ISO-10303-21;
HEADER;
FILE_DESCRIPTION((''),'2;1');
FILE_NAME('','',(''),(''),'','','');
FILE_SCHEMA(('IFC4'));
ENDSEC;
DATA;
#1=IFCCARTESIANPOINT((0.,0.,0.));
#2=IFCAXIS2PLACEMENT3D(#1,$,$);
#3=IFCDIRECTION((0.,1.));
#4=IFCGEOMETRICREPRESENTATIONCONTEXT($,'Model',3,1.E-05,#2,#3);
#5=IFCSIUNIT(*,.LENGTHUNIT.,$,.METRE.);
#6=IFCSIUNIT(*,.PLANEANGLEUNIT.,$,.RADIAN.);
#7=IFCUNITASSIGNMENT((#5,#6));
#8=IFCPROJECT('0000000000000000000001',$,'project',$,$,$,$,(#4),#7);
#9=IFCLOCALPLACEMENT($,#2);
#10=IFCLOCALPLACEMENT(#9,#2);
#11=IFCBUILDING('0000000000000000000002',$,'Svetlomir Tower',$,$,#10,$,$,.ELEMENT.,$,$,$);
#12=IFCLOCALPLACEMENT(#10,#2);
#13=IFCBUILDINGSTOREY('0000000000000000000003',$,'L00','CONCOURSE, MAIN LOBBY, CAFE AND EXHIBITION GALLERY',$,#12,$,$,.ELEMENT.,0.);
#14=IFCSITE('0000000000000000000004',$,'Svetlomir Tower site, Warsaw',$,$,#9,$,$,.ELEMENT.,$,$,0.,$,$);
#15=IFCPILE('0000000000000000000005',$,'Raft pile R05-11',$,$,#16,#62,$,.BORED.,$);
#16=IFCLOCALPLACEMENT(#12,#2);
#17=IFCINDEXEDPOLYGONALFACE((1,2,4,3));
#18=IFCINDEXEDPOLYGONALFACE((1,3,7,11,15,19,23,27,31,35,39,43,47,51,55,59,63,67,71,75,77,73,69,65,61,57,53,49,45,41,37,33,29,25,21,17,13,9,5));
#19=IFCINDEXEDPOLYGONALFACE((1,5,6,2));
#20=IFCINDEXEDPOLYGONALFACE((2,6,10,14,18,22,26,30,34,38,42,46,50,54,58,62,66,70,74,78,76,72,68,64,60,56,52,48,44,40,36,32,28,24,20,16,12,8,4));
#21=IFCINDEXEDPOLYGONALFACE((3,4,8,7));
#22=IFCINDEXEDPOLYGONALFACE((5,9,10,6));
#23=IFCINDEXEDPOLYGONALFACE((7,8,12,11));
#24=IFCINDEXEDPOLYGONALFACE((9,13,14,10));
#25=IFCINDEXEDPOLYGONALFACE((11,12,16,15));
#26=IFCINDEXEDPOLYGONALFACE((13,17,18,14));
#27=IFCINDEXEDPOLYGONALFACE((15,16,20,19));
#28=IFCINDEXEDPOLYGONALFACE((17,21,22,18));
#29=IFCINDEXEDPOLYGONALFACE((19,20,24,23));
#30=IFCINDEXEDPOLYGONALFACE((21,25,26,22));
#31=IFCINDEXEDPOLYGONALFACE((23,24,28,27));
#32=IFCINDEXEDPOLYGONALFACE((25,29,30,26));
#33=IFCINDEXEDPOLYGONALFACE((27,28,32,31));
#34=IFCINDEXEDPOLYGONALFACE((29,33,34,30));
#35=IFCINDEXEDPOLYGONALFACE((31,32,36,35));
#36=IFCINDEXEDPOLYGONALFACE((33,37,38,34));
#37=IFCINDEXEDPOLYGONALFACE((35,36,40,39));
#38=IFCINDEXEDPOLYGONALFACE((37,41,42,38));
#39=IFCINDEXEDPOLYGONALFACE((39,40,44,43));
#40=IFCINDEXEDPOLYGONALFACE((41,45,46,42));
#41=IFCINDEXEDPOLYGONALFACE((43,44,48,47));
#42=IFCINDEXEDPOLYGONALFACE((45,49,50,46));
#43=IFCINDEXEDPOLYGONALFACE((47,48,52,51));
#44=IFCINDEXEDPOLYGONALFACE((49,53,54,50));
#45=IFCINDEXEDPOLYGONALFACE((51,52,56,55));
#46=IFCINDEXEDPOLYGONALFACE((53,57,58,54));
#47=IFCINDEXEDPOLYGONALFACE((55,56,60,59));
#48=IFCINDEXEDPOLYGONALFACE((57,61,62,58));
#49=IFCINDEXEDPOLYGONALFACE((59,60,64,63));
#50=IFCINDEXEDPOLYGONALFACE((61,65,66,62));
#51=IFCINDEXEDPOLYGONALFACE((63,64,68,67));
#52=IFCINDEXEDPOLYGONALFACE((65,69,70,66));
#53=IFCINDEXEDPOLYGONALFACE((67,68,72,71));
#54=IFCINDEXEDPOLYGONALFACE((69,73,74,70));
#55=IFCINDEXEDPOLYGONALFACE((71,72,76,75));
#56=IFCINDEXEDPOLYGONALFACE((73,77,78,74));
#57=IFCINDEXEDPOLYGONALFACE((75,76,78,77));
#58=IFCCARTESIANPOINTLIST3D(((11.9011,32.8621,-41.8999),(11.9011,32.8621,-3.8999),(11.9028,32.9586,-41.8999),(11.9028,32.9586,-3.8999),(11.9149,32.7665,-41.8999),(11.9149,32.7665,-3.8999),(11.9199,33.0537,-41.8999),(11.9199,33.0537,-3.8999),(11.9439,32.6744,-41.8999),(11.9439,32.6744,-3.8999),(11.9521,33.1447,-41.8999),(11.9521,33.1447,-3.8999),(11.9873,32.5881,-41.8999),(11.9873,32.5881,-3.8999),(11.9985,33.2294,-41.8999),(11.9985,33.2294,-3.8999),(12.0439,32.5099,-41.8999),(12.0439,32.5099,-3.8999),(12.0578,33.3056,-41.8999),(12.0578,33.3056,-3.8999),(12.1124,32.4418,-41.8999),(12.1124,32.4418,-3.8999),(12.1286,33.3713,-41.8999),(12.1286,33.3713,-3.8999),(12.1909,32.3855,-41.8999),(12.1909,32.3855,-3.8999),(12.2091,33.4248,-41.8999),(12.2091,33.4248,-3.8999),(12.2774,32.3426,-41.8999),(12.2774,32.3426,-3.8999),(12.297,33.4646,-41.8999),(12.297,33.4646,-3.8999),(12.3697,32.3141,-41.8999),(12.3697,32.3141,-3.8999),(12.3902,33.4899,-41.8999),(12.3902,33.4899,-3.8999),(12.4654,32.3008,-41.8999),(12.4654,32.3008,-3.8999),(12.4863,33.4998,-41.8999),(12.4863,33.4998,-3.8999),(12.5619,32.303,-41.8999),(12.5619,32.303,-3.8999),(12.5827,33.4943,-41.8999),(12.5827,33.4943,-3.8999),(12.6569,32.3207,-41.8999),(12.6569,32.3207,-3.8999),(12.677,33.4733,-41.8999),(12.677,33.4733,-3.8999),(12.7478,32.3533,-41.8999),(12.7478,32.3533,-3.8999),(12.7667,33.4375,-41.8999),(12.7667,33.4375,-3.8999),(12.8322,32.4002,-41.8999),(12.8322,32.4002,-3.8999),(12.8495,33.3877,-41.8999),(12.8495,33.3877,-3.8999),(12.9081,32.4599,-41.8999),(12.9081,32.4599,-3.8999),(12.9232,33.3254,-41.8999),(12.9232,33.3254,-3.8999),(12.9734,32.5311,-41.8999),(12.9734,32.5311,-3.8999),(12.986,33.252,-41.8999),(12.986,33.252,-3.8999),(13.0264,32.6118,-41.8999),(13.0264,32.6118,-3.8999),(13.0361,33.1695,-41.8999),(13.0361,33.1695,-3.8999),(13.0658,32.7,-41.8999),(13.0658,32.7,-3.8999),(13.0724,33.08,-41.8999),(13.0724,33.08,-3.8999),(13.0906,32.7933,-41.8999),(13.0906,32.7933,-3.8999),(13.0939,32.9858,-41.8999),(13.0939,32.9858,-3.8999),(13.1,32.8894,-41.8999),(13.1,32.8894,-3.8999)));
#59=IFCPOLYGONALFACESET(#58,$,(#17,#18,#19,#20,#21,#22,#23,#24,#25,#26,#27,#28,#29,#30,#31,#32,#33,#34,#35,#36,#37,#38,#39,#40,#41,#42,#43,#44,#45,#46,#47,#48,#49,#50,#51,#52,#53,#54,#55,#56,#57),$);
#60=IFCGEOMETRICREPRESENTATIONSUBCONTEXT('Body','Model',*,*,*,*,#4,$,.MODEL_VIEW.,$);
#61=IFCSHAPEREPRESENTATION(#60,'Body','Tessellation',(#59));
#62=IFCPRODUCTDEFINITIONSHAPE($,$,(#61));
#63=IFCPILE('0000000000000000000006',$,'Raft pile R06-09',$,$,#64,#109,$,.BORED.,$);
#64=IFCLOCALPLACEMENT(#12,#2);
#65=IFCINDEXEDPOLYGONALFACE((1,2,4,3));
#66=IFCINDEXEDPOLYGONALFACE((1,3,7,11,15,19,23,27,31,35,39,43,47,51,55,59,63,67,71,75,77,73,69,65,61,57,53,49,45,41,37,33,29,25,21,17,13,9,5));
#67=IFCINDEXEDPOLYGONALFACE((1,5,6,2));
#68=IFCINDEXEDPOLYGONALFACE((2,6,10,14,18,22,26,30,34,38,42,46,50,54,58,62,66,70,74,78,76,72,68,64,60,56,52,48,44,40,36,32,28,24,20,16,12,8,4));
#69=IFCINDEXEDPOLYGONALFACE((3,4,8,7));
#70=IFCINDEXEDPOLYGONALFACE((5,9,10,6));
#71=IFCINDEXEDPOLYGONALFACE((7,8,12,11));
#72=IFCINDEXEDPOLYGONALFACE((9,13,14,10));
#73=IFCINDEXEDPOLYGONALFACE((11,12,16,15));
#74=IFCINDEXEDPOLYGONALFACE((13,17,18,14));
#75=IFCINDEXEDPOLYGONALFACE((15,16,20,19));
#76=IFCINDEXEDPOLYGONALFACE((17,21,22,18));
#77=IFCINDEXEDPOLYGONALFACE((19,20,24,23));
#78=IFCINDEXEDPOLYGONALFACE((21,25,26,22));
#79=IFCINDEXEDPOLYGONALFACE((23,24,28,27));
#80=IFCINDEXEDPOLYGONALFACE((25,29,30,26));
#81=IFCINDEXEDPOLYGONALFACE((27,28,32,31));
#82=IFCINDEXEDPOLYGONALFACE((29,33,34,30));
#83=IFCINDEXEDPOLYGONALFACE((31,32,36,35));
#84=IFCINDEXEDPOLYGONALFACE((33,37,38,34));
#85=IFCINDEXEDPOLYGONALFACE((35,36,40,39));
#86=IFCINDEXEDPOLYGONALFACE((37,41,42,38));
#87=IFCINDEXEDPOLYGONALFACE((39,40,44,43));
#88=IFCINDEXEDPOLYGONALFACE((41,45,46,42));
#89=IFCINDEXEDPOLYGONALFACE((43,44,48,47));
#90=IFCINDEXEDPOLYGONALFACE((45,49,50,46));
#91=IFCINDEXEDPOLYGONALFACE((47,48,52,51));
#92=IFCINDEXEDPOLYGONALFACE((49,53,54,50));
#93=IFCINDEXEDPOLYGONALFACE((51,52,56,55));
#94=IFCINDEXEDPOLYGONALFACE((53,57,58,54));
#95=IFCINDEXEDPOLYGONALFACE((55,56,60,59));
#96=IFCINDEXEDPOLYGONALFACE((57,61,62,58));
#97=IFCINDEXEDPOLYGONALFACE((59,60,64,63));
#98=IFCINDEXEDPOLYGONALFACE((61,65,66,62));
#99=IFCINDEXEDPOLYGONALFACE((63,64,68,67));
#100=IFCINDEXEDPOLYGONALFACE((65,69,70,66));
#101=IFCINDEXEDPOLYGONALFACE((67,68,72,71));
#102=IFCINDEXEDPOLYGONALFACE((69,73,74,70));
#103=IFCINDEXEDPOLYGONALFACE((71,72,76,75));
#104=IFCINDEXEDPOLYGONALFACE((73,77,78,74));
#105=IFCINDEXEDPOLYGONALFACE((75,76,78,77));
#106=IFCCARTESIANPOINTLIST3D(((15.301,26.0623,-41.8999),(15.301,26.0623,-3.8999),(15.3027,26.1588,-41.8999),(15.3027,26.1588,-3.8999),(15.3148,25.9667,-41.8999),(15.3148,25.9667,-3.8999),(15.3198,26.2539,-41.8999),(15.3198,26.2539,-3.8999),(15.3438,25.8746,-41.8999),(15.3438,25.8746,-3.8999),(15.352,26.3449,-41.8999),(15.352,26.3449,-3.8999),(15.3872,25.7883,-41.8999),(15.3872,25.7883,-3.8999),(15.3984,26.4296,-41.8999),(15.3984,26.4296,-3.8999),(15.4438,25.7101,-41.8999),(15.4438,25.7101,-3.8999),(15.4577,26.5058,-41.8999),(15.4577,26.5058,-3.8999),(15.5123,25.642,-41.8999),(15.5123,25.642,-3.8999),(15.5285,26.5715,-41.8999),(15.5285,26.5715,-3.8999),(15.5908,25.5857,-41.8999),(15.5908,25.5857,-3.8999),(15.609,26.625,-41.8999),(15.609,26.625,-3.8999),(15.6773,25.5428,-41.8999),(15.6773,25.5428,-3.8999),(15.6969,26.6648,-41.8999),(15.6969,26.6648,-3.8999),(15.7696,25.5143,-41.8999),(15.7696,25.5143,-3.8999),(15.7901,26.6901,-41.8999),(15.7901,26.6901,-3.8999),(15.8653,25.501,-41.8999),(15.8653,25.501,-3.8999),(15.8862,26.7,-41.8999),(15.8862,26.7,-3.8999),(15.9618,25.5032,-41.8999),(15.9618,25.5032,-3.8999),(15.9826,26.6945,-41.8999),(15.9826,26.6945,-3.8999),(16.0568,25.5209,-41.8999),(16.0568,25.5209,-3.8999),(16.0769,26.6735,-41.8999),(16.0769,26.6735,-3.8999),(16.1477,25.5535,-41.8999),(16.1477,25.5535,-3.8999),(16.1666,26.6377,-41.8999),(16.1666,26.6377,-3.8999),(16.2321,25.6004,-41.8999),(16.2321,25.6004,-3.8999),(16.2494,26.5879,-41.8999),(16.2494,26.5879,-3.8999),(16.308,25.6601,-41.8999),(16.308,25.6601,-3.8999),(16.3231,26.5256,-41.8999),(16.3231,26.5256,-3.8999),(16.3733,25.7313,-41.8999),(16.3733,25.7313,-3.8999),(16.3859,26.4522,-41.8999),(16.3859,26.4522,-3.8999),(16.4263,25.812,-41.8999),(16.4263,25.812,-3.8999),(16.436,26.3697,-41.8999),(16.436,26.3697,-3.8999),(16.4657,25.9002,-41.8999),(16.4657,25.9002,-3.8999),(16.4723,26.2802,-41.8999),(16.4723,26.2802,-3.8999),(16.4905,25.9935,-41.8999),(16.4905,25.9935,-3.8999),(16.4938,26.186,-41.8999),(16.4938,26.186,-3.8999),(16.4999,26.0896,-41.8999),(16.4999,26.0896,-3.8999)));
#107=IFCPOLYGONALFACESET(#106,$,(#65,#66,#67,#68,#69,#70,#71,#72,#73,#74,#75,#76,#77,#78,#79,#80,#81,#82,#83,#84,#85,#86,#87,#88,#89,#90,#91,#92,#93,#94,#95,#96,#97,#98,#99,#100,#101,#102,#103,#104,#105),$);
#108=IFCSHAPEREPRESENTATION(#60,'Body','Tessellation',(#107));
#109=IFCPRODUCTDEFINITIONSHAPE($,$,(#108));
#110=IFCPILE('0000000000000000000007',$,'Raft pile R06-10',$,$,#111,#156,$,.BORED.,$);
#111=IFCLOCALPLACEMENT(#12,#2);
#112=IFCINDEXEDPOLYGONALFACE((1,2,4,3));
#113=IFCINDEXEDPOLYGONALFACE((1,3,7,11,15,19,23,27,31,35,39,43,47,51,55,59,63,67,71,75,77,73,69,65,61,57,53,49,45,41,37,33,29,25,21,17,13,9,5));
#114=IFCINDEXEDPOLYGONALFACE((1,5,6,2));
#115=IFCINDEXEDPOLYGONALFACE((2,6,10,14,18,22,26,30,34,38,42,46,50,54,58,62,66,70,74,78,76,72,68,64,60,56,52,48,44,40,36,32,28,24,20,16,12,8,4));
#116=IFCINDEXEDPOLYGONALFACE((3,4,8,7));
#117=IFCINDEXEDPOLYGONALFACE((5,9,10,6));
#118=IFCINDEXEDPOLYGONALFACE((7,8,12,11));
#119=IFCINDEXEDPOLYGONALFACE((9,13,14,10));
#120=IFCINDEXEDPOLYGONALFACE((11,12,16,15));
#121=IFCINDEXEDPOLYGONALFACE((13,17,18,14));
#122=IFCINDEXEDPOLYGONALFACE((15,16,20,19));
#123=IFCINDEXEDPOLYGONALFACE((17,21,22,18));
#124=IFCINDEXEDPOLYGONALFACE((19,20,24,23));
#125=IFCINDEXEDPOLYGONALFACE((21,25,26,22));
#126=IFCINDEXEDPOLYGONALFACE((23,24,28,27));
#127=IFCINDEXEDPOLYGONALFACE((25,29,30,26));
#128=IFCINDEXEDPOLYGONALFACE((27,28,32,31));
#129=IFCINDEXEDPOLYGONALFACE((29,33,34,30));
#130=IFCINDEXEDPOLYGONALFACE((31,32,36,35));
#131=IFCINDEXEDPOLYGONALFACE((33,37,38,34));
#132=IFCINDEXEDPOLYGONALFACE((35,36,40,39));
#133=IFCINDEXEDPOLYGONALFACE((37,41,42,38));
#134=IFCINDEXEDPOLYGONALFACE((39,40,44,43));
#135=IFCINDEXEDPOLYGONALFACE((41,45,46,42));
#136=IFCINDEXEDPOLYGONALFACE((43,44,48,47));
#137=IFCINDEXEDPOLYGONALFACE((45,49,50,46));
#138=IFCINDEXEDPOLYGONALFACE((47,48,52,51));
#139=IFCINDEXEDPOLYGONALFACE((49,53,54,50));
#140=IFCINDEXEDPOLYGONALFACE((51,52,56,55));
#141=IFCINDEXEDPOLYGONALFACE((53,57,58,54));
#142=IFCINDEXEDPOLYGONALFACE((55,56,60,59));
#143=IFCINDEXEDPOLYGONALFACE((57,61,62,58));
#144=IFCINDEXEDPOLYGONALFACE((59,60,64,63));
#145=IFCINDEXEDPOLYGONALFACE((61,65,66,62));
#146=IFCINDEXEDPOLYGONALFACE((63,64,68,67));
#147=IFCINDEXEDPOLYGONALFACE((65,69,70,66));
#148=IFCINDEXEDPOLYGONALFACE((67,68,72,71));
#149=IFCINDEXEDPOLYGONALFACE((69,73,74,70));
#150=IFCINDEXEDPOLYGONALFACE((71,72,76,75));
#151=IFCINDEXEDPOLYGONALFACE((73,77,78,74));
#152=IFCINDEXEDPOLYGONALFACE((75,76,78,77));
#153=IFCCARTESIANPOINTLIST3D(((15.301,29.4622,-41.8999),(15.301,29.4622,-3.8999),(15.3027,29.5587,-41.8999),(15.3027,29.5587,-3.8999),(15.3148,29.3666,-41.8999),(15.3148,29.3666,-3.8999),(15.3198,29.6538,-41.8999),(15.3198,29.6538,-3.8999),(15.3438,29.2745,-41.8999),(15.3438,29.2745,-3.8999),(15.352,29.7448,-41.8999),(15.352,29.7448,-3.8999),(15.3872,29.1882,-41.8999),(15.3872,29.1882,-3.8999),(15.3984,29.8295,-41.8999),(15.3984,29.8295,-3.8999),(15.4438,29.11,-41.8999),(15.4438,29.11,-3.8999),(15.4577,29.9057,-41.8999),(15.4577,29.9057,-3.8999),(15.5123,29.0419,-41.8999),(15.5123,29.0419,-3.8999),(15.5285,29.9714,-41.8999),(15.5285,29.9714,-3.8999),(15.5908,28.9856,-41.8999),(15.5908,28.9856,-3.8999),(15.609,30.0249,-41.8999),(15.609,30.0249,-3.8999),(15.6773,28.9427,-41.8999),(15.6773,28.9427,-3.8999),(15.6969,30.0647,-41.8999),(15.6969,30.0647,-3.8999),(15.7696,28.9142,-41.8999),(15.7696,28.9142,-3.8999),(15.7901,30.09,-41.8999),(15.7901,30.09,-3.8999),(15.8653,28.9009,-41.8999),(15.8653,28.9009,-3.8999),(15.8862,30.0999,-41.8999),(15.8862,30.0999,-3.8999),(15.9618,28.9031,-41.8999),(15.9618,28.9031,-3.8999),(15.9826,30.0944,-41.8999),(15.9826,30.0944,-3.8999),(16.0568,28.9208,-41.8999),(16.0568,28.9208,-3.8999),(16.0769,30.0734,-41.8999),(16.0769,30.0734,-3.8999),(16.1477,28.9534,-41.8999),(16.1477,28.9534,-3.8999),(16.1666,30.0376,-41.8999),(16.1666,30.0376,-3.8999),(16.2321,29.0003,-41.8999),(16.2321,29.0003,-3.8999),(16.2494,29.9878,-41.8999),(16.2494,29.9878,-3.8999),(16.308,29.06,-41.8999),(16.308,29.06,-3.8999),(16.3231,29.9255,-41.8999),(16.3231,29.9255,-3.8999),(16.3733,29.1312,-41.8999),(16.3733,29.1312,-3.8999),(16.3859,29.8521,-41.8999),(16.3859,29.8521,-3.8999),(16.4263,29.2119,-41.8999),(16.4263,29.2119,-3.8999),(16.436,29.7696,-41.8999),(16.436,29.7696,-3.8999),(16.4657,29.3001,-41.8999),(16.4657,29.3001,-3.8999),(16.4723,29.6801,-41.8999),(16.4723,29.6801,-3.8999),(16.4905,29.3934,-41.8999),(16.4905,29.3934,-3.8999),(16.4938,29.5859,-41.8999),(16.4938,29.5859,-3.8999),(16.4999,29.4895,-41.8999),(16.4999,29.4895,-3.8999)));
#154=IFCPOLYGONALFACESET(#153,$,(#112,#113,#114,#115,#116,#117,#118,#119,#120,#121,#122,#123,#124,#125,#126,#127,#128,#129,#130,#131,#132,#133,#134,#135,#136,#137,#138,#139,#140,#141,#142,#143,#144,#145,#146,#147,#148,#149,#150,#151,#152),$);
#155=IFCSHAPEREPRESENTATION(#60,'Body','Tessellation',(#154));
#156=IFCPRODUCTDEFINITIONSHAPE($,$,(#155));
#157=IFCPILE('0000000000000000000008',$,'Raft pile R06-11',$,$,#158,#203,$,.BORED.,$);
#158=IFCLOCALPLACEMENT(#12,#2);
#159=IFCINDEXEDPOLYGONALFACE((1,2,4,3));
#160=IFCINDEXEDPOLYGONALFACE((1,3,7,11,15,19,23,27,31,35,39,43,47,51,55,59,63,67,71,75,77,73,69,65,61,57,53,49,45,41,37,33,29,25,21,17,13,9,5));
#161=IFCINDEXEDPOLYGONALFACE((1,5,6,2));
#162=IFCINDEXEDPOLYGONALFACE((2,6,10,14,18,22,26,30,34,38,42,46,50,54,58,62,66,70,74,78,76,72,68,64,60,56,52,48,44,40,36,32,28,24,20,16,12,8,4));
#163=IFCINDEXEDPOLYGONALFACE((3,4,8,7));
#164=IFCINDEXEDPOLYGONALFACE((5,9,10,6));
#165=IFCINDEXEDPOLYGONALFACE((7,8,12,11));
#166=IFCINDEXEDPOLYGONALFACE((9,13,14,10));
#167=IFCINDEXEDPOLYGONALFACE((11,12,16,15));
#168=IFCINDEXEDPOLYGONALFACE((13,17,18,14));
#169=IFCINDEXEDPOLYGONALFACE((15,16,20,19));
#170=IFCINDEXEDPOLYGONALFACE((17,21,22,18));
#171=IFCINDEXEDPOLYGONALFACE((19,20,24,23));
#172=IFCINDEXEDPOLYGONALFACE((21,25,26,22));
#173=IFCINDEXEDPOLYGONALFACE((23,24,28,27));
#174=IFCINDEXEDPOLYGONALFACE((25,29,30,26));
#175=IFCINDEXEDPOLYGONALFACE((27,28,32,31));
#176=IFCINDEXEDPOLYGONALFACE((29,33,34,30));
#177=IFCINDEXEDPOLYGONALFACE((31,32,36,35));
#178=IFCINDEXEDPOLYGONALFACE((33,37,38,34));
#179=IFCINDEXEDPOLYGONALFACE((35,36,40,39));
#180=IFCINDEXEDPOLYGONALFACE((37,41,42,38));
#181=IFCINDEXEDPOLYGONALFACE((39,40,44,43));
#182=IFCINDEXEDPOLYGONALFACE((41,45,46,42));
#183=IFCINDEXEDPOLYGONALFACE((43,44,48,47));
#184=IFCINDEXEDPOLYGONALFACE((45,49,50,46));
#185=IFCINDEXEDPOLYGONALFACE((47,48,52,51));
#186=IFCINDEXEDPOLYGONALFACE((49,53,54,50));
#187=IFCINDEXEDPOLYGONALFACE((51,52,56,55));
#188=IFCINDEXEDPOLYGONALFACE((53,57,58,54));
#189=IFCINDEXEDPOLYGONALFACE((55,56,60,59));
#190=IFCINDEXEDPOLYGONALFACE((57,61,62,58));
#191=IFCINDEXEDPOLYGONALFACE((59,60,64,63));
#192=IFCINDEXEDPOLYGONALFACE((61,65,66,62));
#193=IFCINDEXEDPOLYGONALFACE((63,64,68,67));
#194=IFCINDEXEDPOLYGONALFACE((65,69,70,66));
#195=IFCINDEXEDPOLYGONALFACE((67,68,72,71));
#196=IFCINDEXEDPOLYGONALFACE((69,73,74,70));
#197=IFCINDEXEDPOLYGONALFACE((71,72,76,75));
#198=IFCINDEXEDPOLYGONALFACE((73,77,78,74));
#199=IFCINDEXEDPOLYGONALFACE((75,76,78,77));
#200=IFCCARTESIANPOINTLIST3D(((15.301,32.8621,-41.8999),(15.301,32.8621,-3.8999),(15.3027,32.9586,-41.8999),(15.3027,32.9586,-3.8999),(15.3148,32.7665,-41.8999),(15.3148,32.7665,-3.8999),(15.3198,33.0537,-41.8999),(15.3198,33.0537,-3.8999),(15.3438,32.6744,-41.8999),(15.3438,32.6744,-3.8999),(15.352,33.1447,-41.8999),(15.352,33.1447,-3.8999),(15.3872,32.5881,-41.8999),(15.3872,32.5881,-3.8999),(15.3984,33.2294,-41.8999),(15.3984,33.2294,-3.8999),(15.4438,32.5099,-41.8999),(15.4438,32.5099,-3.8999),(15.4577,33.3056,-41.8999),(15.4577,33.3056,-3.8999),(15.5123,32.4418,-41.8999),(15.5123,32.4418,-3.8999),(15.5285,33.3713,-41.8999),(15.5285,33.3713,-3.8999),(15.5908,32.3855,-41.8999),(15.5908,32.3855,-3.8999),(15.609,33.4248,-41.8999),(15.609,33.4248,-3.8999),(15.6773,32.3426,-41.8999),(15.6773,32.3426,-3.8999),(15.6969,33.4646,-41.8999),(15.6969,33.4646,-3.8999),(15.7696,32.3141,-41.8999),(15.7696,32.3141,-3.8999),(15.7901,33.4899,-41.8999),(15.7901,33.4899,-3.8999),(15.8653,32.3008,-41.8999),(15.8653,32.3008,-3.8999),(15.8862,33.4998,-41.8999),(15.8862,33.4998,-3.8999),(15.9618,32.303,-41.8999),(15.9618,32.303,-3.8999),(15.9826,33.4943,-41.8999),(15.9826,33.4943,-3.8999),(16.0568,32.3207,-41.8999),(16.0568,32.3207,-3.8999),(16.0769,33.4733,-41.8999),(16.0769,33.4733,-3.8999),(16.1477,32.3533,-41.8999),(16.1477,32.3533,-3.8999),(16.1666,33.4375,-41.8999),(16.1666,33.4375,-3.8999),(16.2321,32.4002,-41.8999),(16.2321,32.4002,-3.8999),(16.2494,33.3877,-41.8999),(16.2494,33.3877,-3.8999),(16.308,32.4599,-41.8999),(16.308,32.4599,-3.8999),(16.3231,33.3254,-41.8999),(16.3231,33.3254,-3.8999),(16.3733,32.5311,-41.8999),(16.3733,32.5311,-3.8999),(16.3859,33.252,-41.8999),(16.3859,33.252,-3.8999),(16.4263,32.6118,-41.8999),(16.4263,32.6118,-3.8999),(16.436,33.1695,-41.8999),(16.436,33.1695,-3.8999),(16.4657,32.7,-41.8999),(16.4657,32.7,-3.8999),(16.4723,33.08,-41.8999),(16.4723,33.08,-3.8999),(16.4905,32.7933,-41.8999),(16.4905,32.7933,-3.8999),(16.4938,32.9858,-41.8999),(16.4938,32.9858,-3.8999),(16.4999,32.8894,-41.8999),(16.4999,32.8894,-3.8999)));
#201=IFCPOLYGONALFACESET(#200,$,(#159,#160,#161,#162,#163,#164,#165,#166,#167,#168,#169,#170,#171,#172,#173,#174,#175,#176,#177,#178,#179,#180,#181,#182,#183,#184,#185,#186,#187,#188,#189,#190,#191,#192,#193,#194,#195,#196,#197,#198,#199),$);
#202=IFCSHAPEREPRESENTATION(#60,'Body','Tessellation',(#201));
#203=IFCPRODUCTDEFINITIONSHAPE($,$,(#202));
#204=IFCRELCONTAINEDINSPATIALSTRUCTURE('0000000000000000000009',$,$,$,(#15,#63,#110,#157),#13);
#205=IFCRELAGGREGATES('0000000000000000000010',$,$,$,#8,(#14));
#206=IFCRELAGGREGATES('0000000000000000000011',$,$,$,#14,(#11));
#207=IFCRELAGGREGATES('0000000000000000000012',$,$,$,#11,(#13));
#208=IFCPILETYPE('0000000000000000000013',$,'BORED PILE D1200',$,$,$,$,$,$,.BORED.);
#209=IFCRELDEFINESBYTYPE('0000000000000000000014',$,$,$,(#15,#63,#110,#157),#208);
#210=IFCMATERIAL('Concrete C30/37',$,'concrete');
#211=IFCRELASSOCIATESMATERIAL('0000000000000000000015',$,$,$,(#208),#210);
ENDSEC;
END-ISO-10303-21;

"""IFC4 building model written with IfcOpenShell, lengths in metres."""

from ifc_helpers import new_model, si_unit, direction, frame, frame_2d, origin, origin_2d, place, context, subcontext, project, spatial, circle, extrude, material, material_profile, profile_set, type_object, element, save


model = new_model("IFC4")

# Units and contexts
model_context = context("Model", 3, precision=1e-05, world=origin(), true_north=direction((0.0, 1.0)))
body_context = subcontext(model_context, "Body", "Model", "MODEL_VIEW")
ifc_project = project(units=[si_unit("LENGTHUNIT", "METRE"), si_unit("PLANEANGLEUNIT", "RADIAN")], contexts=[model_context])

# Site, building, storey
site_placement = place(None, origin())
site = spatial("IfcSite", under=ifc_project, at=site_placement, Name="Svetlomir Tower site, Warsaw", CompositionType="ELEMENT", RefElevation=0.0)
building_placement = place(site_placement, origin())
building = spatial("IfcBuilding", under=site, at=building_placement, Name="Svetlomir Tower", CompositionType="ELEMENT")
storey_placement = place(building_placement, origin())
storey = spatial("IfcBuildingStorey", under=building, at=storey_placement, Name="L00", Description="CONCOURSE, MAIN LOBBY, CAFE AND EXHIBITION GALLERY", CompositionType="ELEMENT", Elevation=0.0)

# Piles
ifc_material_1 = material(Name="Concrete C30/37", Category="concrete")
ifc_material_profile_1 = material_profile(ifc_material_1, circle(Radius=0.6001, at=origin_2d()), Name="D1200")
ifc_profile_set_1 = profile_set([ifc_material_profile_1], Name="Concrete C30/37")
pile_type = type_object("IfcPileType", Name="BORED PILE D1200", PredefinedType="BORED", material=ifc_profile_set_1)
for number, where, z_axis, x_axis, name in (
    (1, (12.5, 32.8999, -3.8999), (0.0, 0.0, -1.0), (1.0, 0.0, 0.0), "Raft pile R05-11"),
    (2, (15.8999, 26.1001, -3.8999), (0.0, 0.0, -1.0), (1.0, 0.0, 0.0), "Raft pile R06-09"),
    (3, (15.8999, 29.5, -3.8999), (0.0, 0.0, -1.0), (1.0, 0.0, 0.0), "Raft pile R06-10"),
    (4, (15.8999, 32.8999, -3.8999), (0.0, 0.0, -1.0), (1.0, 0.0, 0.0), "Raft pile R06-11"),
):
    element("IfcPile", number, at=place(storey_placement, frame(where, z_axis=z_axis, x_axis=x_axis)), inside=storey, type_object=pile_type, Name=name, PredefinedType="BORED", context=body_context, shape_type="SweptSolid", body=[
        extrude(circle(Radius=0.6001, at=frame_2d((0.0, 0.0), x_axis=(0.999848, 0.017452))), origin(), (0.0, 0.0, 1.0), 38.0),
    ])

save(model, "model.ifc")
